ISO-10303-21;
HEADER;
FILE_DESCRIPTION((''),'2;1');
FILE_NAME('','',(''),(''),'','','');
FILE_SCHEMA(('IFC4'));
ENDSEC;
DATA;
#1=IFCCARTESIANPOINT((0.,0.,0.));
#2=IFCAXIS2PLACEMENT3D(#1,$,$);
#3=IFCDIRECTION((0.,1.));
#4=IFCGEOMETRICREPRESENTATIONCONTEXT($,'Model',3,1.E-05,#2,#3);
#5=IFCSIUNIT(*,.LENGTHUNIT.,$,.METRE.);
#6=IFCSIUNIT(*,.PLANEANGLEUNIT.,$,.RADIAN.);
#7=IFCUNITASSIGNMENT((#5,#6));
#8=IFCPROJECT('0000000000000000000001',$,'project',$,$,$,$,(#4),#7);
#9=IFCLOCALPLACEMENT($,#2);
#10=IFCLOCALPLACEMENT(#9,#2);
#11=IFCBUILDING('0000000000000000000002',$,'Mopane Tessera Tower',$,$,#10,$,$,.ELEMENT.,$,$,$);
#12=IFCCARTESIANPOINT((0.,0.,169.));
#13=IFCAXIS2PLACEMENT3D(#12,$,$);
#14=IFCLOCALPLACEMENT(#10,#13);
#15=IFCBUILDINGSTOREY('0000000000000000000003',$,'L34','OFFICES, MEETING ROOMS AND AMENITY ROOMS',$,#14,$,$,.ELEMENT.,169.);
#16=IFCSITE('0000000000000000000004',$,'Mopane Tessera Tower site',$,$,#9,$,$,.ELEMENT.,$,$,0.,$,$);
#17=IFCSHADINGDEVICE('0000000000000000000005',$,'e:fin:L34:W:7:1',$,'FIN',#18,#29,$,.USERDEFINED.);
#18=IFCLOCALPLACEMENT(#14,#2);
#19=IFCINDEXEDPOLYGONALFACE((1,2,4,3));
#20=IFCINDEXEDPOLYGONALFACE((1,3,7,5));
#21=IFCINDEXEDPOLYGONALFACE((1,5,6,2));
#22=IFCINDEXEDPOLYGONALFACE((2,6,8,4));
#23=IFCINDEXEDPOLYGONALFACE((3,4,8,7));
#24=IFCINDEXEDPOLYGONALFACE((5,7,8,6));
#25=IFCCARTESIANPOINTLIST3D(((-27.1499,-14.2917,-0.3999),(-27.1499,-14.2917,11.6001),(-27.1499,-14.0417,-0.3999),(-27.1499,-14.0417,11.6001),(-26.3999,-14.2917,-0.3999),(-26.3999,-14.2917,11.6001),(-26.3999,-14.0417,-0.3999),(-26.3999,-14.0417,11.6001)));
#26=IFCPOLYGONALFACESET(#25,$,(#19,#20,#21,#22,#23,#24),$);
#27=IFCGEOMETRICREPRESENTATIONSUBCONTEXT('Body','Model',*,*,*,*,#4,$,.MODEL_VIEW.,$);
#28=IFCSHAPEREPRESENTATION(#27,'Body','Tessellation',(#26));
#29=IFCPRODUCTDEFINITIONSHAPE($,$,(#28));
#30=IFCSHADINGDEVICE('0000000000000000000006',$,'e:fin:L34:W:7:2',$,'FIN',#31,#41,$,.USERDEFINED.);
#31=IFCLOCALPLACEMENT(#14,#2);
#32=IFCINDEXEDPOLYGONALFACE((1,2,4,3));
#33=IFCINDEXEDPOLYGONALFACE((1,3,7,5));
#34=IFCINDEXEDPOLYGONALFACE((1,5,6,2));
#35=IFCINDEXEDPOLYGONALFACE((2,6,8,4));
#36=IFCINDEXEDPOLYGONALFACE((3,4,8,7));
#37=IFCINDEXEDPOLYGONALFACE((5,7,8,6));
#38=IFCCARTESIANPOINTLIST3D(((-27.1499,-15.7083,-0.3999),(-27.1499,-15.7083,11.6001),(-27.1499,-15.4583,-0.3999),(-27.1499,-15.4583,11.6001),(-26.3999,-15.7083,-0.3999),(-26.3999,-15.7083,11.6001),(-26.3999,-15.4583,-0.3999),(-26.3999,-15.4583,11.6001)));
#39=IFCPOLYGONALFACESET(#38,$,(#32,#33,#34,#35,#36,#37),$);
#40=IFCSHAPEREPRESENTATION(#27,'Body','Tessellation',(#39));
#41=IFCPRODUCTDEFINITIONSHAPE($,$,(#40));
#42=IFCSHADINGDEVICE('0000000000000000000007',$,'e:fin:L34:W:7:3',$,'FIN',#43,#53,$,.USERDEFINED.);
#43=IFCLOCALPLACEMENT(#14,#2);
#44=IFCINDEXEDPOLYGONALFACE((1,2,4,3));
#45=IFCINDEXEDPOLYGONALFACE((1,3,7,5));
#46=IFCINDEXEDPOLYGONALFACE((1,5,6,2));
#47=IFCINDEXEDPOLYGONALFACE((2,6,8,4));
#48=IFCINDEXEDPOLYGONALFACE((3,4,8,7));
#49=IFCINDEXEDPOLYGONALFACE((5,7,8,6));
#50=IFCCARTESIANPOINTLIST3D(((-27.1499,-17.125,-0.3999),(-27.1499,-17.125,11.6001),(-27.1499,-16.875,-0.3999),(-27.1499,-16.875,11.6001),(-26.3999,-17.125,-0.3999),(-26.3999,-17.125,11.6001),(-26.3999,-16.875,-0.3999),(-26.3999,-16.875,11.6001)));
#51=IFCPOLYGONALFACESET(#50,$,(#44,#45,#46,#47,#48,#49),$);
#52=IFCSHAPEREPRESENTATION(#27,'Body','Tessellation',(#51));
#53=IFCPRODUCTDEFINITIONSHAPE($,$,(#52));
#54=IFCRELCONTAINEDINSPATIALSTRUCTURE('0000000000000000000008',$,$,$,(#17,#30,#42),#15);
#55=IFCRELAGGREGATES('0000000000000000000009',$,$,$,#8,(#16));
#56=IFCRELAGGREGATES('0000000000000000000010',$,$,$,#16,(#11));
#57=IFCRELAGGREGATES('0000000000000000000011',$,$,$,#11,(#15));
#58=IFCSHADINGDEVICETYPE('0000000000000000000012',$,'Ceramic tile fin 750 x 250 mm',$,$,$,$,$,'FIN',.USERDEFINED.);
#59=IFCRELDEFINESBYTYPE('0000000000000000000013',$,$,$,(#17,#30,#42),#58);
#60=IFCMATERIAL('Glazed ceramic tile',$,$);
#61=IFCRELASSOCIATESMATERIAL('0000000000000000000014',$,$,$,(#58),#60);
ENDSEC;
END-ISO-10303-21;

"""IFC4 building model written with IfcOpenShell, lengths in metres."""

from ifc_helpers import new_model, si_unit, direction, frame, origin, origin_2d, place, context, subcontext, project, spatial, rectangle, extrude, material, type_object, element, save


model = new_model("IFC4")

# Units and contexts
model_context = context("Model", 3, precision=1e-05, world=origin(), true_north=direction((0.0, 1.0)))
body_context = subcontext(model_context, "Body", "Model", "MODEL_VIEW")
ifc_project = project(units=[si_unit("LENGTHUNIT", "METRE"), si_unit("PLANEANGLEUNIT", "RADIAN")], contexts=[model_context])

# Site, building, storey
site_placement = place(None, origin())
site = spatial("IfcSite", under=ifc_project, at=site_placement, Name="Mopane Tessera Tower site", CompositionType="ELEMENT", RefElevation=0.0)
building_placement = place(site_placement, origin())
building = spatial("IfcBuilding", under=site, at=building_placement, Name="Mopane Tessera Tower", CompositionType="ELEMENT")
storey_placement = place(building_placement, frame((0.0, 0.0, 169.0)))
storey = spatial("IfcBuildingStorey", under=building, at=storey_placement, Name="L34", Description="OFFICES, MEETING ROOMS AND AMENITY ROOMS", CompositionType="ELEMENT", Elevation=169.0)

# Shading devices
ifc_material_1 = material(Name="Glazed ceramic tile")
shading_device_type = type_object("IfcShadingDeviceType", Name="Ceramic tile fin 750 x 250 mm", ElementType="FIN", PredefinedType="USERDEFINED", material=ifc_material_1)
for number, where, z_axis, x_axis, name in (
    (1, (-26.7749, -14.1667, -0.3999), (0.0, 0.0, 1.0), (0.0, -1.0, 0.0), "e:fin:L34:W:7:1"),
    (2, (-26.7749, -15.5833, -0.3999), (0.0, 0.0, 1.0), (0.0, -1.0, 0.0), "e:fin:L34:W:7:2"),
    (3, (-26.7749, -17.0, -0.3999), (0.0, 0.0, 1.0), (0.0, -1.0, 0.0), "e:fin:L34:W:7:3"),
):
    element("IfcShadingDevice", number, at=place(storey_placement, frame(where, z_axis=z_axis, x_axis=x_axis)), inside=storey, type_object=shading_device_type, Name=name, ObjectType="FIN", PredefinedType="USERDEFINED", context=body_context, shape_type="SweptSolid", body=[
        extrude(rectangle(XDim=0.25, YDim=0.75, at=origin_2d()), origin(), (0.0, 0.0, 1.0), 12.0),
    ])

save(model, "model.ifc")
